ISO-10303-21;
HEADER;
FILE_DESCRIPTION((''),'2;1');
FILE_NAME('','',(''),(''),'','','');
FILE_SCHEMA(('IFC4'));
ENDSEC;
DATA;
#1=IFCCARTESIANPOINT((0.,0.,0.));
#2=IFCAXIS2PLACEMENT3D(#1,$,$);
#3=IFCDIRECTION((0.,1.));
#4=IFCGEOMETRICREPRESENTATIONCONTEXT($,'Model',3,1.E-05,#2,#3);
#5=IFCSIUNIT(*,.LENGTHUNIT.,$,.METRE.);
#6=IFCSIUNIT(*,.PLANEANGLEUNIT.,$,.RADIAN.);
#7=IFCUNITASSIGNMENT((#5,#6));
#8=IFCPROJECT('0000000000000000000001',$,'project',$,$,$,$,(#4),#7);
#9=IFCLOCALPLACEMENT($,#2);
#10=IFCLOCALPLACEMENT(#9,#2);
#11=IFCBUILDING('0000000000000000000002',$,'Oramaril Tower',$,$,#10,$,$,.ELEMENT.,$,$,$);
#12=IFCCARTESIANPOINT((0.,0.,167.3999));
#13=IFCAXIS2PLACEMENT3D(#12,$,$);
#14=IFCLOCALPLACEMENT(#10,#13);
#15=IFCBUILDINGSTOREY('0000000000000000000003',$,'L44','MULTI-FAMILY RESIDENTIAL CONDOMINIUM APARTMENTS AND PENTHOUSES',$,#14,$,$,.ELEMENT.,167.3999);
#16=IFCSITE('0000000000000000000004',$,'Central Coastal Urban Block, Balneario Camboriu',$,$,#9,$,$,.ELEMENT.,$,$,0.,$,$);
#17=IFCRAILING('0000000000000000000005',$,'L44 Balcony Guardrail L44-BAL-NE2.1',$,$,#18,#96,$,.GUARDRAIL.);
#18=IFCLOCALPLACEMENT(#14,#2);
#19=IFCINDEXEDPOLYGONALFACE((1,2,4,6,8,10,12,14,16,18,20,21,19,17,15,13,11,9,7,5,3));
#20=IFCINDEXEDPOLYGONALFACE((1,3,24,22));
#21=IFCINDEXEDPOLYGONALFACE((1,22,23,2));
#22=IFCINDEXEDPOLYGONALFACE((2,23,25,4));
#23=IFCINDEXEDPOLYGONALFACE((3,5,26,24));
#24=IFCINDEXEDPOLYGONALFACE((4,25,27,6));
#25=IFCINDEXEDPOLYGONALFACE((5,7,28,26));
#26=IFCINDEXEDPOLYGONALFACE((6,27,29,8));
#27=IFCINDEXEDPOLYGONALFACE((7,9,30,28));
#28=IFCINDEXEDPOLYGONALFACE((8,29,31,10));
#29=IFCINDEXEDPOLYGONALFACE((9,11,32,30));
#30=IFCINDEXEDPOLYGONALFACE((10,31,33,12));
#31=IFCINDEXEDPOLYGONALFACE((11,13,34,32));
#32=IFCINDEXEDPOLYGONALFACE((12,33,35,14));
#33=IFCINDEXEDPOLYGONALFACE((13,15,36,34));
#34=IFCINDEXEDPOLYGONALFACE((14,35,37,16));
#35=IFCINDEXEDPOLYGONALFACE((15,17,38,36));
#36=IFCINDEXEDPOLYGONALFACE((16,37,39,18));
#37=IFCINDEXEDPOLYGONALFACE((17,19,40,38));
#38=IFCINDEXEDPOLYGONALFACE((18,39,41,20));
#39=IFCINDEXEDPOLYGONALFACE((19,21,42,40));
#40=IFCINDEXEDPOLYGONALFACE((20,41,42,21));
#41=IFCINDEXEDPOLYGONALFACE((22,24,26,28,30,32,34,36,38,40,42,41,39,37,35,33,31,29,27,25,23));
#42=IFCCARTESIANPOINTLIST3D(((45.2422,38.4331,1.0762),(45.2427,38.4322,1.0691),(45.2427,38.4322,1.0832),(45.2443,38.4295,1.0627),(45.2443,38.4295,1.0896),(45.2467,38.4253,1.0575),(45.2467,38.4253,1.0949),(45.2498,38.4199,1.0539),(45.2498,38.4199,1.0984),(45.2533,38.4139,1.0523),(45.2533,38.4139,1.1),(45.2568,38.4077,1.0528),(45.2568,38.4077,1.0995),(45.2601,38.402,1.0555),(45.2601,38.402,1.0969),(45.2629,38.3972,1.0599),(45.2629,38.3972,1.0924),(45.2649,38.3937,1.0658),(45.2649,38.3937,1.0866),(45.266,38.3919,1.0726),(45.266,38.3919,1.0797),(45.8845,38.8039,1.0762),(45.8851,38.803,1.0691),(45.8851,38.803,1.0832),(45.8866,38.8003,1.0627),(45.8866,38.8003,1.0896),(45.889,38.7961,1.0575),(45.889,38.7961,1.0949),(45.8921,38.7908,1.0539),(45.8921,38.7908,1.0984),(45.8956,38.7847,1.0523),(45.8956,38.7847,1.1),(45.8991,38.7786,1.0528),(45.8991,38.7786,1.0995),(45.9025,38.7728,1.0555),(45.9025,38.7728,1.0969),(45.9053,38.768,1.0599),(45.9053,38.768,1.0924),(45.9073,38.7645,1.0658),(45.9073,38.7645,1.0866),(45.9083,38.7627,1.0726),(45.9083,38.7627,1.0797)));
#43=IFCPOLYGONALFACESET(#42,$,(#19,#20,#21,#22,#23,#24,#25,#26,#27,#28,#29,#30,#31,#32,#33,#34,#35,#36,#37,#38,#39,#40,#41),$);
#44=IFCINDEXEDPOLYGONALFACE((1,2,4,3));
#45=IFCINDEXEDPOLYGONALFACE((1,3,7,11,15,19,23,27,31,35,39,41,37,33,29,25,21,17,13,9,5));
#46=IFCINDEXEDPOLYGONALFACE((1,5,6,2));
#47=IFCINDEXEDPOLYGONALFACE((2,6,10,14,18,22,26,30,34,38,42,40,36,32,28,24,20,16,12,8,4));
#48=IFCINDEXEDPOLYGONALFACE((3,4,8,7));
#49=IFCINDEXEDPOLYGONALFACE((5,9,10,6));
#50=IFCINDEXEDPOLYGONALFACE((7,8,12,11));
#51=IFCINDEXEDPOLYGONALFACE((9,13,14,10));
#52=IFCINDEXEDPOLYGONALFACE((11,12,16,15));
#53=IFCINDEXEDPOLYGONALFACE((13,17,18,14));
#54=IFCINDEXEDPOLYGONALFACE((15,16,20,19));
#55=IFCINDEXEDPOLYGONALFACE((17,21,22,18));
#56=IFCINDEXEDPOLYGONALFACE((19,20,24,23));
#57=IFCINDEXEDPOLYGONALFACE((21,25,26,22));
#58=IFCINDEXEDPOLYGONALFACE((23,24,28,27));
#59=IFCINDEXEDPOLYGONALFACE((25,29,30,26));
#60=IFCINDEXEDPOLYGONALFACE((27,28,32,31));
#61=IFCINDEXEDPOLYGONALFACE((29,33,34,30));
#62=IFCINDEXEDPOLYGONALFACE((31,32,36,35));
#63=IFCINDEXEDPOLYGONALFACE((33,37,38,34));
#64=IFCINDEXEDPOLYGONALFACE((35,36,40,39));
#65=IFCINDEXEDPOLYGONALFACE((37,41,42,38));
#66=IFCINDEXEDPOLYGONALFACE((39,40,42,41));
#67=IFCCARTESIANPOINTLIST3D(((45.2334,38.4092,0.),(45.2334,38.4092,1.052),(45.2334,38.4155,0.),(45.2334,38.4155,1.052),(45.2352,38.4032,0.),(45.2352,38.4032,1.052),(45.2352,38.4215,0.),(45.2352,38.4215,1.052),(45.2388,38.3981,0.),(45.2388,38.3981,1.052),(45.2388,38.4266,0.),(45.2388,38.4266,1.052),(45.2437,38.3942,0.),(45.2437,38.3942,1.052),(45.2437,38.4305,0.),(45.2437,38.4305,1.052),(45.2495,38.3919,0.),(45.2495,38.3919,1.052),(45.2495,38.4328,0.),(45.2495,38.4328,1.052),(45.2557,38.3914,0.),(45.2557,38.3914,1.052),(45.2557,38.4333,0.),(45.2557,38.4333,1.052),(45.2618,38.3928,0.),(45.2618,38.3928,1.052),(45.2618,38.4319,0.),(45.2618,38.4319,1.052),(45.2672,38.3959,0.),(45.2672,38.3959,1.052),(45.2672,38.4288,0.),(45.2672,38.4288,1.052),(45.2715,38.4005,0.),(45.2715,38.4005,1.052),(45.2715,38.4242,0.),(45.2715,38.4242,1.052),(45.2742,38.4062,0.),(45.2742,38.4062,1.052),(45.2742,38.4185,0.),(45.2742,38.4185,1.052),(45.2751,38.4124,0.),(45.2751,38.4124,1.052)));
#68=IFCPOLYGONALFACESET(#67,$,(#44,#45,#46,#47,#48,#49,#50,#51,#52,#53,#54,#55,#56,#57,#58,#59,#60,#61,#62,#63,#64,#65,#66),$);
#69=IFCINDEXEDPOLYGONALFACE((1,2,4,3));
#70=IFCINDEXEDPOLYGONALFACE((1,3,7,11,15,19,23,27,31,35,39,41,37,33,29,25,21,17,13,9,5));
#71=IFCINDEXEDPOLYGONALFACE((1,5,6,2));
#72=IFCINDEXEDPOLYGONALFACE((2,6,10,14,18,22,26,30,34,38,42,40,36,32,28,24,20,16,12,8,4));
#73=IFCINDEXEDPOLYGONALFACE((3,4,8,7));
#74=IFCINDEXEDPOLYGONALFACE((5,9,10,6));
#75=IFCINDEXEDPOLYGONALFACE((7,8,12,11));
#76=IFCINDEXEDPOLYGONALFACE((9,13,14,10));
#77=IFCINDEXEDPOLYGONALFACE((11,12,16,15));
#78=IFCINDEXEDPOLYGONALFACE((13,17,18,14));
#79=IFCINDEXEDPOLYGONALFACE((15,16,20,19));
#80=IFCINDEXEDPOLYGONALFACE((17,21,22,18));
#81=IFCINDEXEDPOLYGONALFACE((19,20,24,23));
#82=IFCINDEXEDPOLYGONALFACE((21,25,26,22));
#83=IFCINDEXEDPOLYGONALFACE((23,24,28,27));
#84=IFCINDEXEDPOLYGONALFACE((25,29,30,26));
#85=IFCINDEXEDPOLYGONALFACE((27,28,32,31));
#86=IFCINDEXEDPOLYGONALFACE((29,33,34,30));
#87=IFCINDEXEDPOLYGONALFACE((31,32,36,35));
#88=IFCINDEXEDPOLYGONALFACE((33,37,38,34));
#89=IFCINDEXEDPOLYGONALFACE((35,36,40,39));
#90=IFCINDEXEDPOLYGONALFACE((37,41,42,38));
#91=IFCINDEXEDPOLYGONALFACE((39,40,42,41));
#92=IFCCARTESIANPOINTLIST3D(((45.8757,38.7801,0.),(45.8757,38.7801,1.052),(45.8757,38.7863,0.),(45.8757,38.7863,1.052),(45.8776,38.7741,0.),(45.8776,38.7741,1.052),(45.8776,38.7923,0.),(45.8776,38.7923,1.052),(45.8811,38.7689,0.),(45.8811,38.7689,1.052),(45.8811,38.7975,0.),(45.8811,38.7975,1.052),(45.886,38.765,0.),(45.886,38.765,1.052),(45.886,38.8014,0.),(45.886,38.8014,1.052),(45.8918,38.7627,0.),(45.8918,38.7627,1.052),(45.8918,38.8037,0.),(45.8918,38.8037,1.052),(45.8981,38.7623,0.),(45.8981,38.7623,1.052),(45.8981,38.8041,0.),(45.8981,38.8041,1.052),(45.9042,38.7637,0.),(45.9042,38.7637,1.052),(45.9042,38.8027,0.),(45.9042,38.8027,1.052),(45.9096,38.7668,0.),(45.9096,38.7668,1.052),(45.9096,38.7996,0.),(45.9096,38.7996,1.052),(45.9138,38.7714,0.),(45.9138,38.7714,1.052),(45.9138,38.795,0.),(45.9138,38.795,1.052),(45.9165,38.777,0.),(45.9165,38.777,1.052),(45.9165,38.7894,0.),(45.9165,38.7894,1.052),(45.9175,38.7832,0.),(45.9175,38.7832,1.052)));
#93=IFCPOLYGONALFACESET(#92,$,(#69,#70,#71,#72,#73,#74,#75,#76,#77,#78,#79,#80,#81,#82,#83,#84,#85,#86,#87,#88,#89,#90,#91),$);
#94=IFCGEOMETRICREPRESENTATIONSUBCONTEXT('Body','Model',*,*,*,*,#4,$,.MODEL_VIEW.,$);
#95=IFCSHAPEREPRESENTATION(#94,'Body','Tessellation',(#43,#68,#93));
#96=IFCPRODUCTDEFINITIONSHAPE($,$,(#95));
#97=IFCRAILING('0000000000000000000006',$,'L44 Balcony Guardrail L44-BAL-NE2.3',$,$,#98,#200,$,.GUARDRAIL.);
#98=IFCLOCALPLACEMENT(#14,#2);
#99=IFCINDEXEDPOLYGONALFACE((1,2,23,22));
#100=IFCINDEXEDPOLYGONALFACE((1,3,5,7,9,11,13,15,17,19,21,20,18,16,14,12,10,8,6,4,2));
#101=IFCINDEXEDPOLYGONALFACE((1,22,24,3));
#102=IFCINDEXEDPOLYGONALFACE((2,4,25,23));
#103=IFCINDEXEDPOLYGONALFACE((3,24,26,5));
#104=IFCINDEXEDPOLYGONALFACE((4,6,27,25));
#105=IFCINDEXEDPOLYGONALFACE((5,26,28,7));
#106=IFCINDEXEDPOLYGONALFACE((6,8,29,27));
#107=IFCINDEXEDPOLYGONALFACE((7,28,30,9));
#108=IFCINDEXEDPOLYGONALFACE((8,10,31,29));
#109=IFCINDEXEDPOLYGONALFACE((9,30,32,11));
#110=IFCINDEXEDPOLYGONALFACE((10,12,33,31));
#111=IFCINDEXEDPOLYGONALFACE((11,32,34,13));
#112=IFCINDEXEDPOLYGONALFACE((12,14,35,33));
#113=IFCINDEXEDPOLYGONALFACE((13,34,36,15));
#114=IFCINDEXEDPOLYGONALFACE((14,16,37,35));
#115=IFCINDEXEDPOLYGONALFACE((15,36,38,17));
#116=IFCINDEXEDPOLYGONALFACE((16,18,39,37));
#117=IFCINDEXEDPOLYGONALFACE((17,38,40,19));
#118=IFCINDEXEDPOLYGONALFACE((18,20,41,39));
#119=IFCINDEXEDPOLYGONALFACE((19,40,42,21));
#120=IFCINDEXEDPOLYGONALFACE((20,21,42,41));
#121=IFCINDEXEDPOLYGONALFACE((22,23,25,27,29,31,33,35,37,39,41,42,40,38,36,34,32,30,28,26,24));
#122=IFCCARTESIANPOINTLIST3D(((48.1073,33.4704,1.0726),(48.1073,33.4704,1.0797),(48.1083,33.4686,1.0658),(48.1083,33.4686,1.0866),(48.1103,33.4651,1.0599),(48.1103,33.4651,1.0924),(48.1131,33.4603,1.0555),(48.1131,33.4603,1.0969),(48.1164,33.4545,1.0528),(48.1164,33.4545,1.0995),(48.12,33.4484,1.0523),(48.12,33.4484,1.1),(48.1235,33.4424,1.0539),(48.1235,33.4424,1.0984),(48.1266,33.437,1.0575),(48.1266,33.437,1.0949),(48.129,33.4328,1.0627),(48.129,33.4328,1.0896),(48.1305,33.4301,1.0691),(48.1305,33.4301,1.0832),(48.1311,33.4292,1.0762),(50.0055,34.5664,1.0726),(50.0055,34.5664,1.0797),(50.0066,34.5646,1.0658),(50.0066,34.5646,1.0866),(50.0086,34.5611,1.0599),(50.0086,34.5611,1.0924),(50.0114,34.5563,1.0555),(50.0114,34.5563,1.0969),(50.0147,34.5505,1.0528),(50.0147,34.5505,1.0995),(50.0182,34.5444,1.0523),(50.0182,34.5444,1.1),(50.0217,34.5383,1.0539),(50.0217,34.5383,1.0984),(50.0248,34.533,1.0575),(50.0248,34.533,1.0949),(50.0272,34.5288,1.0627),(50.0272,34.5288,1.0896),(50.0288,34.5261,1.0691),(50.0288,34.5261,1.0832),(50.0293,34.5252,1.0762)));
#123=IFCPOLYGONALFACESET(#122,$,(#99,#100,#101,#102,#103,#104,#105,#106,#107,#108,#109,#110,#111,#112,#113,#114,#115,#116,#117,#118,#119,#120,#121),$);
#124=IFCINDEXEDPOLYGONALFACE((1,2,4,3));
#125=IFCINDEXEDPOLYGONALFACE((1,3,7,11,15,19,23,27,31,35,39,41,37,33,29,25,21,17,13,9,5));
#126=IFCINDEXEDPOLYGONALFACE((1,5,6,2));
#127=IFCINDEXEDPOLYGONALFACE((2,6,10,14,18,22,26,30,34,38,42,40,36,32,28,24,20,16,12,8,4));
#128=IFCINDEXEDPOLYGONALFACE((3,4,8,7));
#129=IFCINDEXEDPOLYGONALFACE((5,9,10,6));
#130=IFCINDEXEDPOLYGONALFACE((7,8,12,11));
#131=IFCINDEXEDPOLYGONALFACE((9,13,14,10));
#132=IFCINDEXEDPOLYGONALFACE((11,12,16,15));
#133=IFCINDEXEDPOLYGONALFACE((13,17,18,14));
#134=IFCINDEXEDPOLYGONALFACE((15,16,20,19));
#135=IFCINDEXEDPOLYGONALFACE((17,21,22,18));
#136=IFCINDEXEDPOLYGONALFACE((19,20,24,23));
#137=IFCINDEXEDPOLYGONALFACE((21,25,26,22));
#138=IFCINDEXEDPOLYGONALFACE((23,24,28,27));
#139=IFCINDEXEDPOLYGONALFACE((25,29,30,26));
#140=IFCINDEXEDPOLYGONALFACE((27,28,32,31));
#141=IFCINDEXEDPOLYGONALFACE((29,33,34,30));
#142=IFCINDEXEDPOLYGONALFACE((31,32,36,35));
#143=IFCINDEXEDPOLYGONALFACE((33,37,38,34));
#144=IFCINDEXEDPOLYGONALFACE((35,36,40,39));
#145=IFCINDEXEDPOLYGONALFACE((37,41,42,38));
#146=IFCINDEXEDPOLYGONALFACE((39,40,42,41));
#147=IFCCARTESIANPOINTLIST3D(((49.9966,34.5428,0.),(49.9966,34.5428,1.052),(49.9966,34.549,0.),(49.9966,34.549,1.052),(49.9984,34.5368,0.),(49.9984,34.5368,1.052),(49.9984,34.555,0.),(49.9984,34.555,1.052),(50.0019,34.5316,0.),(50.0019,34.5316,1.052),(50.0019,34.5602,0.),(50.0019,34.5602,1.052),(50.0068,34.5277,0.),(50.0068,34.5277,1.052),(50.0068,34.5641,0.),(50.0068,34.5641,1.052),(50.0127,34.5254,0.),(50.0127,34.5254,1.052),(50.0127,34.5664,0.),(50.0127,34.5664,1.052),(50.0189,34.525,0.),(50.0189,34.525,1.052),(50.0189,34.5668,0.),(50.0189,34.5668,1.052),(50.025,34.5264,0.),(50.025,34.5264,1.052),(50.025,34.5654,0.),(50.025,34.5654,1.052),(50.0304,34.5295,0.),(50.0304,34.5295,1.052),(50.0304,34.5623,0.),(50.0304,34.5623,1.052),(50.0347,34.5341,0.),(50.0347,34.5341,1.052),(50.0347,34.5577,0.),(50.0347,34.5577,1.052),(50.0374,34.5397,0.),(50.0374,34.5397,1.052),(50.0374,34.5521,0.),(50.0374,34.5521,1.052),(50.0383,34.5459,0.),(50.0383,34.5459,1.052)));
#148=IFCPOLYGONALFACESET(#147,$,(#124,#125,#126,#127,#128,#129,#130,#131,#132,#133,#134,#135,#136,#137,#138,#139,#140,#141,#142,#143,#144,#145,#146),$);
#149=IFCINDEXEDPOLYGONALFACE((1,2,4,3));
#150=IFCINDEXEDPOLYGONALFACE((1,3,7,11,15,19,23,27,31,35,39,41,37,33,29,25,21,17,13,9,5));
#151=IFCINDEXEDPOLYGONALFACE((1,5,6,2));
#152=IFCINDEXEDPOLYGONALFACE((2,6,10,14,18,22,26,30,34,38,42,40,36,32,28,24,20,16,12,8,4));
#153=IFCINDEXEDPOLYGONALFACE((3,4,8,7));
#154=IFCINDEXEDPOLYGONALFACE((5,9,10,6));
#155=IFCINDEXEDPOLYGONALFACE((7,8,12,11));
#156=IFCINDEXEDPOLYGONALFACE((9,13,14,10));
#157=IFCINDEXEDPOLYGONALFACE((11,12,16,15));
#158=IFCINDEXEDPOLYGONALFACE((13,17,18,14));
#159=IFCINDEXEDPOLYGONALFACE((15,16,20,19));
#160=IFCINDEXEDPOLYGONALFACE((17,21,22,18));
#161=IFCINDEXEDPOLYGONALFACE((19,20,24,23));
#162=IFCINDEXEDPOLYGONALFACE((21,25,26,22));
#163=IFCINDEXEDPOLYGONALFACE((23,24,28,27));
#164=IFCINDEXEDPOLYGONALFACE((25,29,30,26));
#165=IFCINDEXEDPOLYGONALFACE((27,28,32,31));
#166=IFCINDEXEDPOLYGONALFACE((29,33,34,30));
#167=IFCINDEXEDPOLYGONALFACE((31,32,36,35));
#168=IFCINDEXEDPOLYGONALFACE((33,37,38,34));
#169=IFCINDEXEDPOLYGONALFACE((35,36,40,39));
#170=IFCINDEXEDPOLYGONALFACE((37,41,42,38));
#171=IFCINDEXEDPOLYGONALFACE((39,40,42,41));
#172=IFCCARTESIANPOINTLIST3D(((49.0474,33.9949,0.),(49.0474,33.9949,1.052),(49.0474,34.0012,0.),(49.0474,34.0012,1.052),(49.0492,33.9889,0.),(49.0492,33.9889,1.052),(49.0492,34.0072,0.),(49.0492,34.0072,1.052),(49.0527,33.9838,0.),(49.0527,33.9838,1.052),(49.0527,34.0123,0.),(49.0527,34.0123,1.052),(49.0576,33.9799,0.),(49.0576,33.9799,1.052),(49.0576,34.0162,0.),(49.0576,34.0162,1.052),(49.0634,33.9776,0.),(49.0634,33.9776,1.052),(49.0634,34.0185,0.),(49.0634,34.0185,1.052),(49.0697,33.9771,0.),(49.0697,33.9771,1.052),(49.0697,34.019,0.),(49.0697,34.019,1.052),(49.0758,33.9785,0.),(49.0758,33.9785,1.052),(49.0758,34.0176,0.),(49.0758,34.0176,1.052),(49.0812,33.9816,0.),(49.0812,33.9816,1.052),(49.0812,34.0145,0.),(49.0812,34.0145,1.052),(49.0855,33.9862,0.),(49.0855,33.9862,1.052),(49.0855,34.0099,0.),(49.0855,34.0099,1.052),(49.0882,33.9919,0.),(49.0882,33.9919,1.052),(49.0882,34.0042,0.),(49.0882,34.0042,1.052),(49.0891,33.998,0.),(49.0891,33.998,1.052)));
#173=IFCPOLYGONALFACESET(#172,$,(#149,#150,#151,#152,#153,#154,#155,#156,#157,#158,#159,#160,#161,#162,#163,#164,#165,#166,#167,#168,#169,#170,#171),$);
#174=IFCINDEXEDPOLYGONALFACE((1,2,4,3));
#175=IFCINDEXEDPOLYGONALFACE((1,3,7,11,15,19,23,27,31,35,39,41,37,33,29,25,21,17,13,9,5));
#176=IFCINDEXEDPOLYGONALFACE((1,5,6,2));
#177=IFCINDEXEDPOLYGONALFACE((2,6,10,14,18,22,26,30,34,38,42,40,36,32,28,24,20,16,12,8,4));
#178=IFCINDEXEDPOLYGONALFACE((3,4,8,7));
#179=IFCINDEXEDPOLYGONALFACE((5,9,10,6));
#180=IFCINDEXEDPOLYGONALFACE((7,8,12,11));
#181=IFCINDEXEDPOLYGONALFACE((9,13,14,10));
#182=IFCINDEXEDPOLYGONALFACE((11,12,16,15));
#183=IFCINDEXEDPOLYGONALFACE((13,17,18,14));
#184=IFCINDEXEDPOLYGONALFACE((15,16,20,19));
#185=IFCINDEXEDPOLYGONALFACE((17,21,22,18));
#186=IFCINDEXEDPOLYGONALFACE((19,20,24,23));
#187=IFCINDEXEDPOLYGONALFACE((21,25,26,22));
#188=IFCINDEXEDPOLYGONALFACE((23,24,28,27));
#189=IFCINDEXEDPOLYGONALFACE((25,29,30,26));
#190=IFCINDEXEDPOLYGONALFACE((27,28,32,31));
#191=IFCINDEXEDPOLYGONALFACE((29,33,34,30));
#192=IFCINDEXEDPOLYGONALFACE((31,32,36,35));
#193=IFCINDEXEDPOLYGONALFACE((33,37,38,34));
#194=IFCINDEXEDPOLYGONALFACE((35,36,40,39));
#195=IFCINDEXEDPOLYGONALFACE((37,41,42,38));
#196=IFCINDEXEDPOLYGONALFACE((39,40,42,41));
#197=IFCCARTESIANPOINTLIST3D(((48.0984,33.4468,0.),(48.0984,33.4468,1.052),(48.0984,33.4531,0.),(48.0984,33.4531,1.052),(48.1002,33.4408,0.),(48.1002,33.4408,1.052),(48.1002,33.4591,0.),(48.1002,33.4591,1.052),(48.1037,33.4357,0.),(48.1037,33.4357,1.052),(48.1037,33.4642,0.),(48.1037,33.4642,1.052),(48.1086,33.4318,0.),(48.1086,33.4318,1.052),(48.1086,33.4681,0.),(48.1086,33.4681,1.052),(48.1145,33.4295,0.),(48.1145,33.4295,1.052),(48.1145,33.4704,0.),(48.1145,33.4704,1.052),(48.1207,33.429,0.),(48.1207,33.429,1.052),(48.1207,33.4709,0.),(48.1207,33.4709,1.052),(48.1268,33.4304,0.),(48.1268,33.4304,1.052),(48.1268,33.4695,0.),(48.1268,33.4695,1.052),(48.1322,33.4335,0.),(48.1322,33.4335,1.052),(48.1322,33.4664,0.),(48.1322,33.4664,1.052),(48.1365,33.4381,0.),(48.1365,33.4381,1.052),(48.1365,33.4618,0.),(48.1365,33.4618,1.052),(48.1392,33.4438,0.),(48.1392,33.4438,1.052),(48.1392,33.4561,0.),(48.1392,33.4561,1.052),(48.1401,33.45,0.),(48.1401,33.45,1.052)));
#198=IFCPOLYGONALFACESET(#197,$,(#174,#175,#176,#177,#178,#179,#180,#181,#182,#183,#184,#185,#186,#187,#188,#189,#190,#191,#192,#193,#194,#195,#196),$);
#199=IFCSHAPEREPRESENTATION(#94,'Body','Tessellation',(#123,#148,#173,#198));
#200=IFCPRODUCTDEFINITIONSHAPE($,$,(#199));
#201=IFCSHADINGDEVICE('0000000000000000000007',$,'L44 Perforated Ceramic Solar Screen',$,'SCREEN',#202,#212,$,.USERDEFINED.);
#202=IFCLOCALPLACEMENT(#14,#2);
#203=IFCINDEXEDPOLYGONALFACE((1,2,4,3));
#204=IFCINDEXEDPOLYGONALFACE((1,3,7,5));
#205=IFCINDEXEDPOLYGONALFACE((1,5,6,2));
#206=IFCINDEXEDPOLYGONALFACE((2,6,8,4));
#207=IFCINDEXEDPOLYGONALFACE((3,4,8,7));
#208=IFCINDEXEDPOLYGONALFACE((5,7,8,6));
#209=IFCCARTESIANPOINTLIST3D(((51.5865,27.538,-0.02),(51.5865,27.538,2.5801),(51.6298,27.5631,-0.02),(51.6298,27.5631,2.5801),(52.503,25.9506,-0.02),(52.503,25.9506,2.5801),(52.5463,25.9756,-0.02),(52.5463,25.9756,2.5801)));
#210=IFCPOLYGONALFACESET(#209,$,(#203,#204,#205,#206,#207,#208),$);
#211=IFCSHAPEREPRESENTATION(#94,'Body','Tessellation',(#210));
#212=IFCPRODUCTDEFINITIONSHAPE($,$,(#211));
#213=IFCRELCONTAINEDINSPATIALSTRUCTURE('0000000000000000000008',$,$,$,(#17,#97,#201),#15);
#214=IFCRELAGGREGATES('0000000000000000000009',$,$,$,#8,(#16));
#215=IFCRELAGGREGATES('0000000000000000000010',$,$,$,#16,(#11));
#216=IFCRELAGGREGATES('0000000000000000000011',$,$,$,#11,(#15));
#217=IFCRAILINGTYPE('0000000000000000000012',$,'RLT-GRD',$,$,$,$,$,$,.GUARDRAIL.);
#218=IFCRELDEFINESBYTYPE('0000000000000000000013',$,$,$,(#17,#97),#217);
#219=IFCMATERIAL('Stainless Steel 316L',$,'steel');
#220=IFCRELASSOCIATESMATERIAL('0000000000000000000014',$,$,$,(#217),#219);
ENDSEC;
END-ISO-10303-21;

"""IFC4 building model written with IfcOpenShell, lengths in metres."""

from ifc_helpers import new_model, si_unit, direction, frame, origin, origin_2d, place, context, subcontext, project, spatial, rectangle, circle, extrude, material, type_object, element, save


model = new_model("IFC4")

# Units and contexts
model_context = context("Model", 3, precision=1e-05, world=origin(), true_north=direction((0.0, 1.0)))
body_context = subcontext(model_context, "Body", "Model", "MODEL_VIEW")
ifc_project = project(units=[si_unit("LENGTHUNIT", "METRE"), si_unit("PLANEANGLEUNIT", "RADIAN")], contexts=[model_context])

# Site, building, storey
site_placement = place(None, origin())
site = spatial("IfcSite", under=ifc_project, at=site_placement, Name="Central Coastal Urban Block, Balneario Camboriu", CompositionType="ELEMENT", RefElevation=0.0)
building_placement = place(site_placement, origin())
building = spatial("IfcBuilding", under=site, at=building_placement, Name="Oramaril Tower", CompositionType="ELEMENT")
storey_placement = place(building_placement, frame((0.0, 0.0, 167.3999)))
storey = spatial("IfcBuildingStorey", under=building, at=storey_placement, Name="L44", Description="MULTI-FAMILY RESIDENTIAL CONDOMINIUM APARTMENTS AND PENTHOUSES", CompositionType="ELEMENT", Elevation=167.3999)

# Railings
ifc_material_1 = material(Name="Stainless Steel 316L", Category="steel")
railing_type = type_object("IfcRailingType", Name="RLT-GRD", PredefinedType="GUARDRAIL", material=ifc_material_1)
railing_1_placement = place(storey_placement, frame((45.2542, 38.4124, 0.0)))
element("IfcRailing", 1, at=railing_1_placement, inside=storey, type_object=railing_type, Name="L44 Balcony Guardrail L44-BAL-NE2.1", PredefinedType="GUARDRAIL", context=body_context, shape_type="SweptSolid", body=[
    extrude(circle(Radius=0.0239, at=origin_2d()), frame((0.0, 0.0, 1.0762), z_axis=(0.866027, 0.499998, 0.0), x_axis=(-0.499998, 0.866027, 0.0)), (0.0, 0.0, 1.0), 0.7417),
    extrude(circle(Radius=0.021, at=origin_2d()), origin(), (0.0, 0.0, 1.0), 1.052),
    extrude(circle(Radius=0.021, at=origin_2d()), frame((0.6423, 0.3708, 0.0)), (0.0, 0.0, 1.0), 1.052),
])
railing_2_placement = place(storey_placement, frame((50.0173, 34.5459, 0.0)))
element("IfcRailing", 2, at=railing_2_placement, inside=storey, type_object=railing_type, Name="L44 Balcony Guardrail L44-BAL-NE2.3", PredefinedType="GUARDRAIL", context=body_context, shape_type="SweptSolid", body=[
    extrude(circle(Radius=0.0239, at=origin_2d()), frame((0.0, 0.0, 1.0762), z_axis=(-0.866021, -0.500008, 0.0), x_axis=(0.500008, -0.866021, 0.0)), (0.0, 0.0, 1.0), 2.1919),
    extrude(circle(Radius=0.021, at=origin_2d()), origin(), (0.0, 0.0, 1.0), 1.052),
    extrude(circle(Radius=0.021, at=origin_2d()), frame((-0.9492, -0.5479, 0.0)), (0.0, 0.0, 1.0), 1.052),
    extrude(circle(Radius=0.021, at=origin_2d()), frame((-1.8982, -1.0959, 0.0)), (0.0, 0.0, 1.0), 1.052),
])

# Shading device
for number, where, z_axis, x_axis, name in (
    (3, (52.0664, 26.7568, -0.02), (0.0, 0.0, 1.0), (-0.5, 0.866025, 0.0), "L44 Perforated Ceramic Solar Screen"),
):
    element("IfcShadingDevice", number, at=place(storey_placement, frame(where, z_axis=z_axis, x_axis=x_axis)), inside=storey, Name=name, ObjectType="SCREEN", PredefinedType="USERDEFINED", context=body_context, shape_type="SweptSolid", body=[
        extrude(rectangle(XDim=1.833, YDim=0.05, at=origin_2d()), origin(), (0.0, 0.0, 1.0), 2.6001),
    ])

save(model, "model.ifc")
